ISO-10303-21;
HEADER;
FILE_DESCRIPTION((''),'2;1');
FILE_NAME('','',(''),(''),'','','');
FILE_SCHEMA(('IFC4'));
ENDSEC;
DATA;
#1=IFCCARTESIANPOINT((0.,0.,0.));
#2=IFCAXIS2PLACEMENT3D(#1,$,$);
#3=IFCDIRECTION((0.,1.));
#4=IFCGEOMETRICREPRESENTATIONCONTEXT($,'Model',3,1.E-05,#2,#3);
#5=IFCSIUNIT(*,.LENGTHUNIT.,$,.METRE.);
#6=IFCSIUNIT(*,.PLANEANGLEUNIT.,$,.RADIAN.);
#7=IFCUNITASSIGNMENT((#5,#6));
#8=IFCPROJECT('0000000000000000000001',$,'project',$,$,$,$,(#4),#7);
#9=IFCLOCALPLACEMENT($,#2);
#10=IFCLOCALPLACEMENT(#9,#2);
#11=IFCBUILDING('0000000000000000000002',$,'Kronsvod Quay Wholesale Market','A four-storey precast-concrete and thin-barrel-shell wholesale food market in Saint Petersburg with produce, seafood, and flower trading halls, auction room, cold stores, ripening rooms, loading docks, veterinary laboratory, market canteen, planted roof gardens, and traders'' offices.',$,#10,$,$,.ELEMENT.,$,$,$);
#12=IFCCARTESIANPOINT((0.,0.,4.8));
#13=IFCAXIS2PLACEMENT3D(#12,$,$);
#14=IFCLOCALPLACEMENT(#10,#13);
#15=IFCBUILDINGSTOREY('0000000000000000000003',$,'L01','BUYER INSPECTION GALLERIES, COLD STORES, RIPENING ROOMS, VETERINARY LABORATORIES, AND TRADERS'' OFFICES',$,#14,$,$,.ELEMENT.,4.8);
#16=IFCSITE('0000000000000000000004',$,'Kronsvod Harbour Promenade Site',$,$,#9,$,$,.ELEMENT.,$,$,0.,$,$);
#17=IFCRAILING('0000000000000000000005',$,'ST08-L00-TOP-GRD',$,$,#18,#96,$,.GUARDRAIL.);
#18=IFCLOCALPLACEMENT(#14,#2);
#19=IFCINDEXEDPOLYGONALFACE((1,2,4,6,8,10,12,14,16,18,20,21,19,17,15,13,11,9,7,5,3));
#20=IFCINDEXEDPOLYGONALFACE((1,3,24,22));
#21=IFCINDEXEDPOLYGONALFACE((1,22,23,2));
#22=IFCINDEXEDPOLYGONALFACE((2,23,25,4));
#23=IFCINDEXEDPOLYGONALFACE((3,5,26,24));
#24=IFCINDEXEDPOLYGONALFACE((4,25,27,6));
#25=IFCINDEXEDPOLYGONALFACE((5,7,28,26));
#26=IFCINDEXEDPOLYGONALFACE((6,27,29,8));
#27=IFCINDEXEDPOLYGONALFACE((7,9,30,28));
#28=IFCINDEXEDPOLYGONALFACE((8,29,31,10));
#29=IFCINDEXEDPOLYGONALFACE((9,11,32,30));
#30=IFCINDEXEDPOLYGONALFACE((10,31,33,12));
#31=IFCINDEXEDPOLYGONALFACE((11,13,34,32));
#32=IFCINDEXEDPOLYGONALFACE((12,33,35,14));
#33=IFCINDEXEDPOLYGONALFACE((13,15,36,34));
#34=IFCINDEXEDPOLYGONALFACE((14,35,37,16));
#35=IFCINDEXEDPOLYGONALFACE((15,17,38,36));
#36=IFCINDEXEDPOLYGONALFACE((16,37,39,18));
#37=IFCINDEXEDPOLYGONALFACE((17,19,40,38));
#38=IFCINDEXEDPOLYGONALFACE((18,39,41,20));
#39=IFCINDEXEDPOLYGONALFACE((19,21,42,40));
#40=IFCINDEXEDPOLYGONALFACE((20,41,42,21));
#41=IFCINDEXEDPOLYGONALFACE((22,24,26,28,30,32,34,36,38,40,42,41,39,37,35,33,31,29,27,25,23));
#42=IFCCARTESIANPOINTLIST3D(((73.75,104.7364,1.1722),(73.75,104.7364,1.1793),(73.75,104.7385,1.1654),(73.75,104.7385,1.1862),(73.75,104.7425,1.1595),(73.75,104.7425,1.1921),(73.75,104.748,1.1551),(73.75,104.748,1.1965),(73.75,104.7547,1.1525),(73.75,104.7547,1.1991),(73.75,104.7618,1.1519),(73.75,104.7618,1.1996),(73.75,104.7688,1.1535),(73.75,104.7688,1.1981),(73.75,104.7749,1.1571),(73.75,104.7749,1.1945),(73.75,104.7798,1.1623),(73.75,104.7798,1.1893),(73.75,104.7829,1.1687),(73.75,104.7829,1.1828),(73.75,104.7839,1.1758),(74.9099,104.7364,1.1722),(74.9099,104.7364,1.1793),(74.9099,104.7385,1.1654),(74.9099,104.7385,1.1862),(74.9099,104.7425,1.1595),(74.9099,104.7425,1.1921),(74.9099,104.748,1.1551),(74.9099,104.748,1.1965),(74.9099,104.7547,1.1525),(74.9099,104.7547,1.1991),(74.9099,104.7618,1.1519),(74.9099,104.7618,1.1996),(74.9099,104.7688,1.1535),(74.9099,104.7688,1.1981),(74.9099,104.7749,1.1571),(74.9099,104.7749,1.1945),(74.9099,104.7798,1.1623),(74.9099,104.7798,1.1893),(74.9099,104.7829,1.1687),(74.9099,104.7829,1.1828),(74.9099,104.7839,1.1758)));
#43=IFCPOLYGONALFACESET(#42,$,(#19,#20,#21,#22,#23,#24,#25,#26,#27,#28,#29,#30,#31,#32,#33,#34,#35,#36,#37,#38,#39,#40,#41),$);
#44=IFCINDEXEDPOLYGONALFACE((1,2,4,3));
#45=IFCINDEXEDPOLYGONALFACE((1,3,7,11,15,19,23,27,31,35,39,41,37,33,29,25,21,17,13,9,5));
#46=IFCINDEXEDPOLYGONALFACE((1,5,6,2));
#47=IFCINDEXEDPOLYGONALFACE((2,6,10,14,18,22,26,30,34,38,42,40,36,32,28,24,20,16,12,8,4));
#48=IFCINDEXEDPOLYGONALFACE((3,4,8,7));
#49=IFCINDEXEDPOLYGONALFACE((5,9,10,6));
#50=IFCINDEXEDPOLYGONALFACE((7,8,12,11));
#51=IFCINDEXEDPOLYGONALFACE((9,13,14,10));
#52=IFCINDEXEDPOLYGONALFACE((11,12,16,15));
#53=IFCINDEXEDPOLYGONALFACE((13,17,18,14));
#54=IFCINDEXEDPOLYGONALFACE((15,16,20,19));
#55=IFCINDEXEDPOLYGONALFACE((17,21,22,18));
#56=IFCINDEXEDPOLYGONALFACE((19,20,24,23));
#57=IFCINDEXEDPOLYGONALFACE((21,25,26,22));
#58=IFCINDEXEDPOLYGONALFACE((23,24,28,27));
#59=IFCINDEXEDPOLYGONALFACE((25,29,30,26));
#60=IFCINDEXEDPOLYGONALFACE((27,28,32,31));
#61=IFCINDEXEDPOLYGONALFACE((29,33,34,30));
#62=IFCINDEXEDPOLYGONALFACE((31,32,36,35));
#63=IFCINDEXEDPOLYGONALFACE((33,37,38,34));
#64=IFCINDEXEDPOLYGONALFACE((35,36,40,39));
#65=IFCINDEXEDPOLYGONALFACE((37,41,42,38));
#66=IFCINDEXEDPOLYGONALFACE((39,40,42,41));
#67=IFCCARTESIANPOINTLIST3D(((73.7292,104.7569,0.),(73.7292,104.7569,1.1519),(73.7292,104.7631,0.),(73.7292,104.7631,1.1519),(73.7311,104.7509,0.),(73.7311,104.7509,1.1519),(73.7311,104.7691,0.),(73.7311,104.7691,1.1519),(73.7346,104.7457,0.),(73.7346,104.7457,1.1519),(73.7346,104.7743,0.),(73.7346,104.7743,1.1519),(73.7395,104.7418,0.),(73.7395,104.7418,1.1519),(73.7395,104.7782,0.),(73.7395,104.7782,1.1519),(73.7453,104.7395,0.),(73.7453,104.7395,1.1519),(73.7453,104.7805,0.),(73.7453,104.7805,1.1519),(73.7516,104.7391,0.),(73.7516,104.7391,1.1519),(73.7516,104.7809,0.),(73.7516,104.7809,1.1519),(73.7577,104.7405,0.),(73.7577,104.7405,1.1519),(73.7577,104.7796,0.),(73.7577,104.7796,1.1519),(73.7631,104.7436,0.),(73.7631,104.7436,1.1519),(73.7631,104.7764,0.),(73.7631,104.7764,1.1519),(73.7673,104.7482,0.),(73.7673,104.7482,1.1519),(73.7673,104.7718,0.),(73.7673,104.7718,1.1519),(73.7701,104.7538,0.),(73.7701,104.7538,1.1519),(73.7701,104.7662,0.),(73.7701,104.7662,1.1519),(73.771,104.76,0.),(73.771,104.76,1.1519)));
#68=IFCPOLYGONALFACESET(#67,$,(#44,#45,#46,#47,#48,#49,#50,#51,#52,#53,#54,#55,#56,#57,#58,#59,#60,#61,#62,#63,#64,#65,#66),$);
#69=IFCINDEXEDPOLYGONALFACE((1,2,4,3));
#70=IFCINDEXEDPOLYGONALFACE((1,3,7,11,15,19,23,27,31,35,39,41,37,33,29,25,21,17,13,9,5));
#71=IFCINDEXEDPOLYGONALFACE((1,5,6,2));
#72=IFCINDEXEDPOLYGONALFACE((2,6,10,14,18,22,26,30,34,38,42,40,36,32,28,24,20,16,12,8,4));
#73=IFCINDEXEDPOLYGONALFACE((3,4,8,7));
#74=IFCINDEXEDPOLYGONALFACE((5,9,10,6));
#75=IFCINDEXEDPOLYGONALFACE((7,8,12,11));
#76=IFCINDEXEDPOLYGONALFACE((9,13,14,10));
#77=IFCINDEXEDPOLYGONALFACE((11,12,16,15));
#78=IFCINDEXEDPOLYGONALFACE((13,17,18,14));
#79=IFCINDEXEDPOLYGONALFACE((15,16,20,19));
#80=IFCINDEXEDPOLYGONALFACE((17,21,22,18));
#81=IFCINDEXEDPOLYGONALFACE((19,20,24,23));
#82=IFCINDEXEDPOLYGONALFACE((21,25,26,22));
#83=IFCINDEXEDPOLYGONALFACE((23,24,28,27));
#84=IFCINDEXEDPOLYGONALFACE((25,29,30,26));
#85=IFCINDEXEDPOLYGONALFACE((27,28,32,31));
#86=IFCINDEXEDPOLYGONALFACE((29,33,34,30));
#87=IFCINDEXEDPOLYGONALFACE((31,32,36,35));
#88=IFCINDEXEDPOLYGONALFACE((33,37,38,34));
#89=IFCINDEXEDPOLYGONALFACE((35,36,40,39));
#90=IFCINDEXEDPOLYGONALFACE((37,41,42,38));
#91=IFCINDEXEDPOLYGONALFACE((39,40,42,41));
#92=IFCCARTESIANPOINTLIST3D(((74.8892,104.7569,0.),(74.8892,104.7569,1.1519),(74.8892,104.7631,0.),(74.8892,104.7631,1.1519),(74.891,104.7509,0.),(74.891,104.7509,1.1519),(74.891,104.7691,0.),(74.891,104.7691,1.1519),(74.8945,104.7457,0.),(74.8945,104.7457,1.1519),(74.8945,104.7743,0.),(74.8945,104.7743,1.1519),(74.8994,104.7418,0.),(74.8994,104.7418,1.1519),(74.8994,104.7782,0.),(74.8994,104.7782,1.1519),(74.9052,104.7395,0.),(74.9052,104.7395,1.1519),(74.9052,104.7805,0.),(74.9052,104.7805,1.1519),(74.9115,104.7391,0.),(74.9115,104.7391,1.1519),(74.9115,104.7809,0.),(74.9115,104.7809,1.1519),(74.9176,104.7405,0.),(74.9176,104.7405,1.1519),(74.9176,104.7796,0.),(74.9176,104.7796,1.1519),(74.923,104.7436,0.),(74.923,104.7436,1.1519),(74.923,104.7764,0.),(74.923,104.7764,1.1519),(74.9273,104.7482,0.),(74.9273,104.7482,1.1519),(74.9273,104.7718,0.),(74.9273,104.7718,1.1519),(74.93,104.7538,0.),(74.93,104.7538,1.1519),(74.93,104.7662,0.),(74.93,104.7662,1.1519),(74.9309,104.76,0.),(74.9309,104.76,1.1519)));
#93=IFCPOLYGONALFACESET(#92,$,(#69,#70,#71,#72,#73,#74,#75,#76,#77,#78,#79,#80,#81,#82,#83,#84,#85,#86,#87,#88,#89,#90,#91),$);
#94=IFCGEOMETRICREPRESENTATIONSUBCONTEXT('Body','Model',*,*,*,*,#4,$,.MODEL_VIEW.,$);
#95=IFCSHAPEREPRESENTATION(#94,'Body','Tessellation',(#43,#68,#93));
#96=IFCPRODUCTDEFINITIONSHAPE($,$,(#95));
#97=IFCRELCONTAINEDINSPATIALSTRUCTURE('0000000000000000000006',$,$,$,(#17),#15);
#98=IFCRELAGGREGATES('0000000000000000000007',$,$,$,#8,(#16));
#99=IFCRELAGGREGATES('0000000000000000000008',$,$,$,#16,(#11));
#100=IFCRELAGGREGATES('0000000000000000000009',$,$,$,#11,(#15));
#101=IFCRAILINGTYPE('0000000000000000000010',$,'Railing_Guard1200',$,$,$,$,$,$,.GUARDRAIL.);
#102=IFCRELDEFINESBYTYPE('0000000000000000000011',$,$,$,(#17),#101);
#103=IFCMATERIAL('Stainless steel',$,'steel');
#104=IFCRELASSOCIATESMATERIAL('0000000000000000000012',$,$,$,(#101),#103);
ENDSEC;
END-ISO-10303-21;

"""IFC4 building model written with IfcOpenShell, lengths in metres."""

from ifc_helpers import new_model, si_unit, direction, frame, origin, origin_2d, place, context, subcontext, project, spatial, circle, extrude, material, type_object, element, save


model = new_model("IFC4")

# Units and contexts
model_context = context("Model", 3, precision=1e-05, world=origin(), true_north=direction((0.0, 1.0)))
body_context = subcontext(model_context, "Body", "Model", "MODEL_VIEW")
ifc_project = project(units=[si_unit("LENGTHUNIT", "METRE"), si_unit("PLANEANGLEUNIT", "RADIAN")], contexts=[model_context])

# Site, building, storey
site_placement = place(None, origin())
site = spatial("IfcSite", under=ifc_project, at=site_placement, Name="Kronsvod Harbour Promenade Site", CompositionType="ELEMENT", RefElevation=0.0)
building_placement = place(site_placement, origin())
building = spatial("IfcBuilding", under=site, at=building_placement, Name="Kronsvod Quay Wholesale Market", Description="A four-storey precast-concrete and thin-barrel-shell wholesale food market in Saint Petersburg with produce, seafood, and flower trading halls, auction room, cold stores, ripening rooms, loading docks, veterinary laboratory, market canteen, planted roof gardens, and traders' offices.", CompositionType="ELEMENT")
storey_placement = place(building_placement, frame((0.0, 0.0, 4.8)))
storey = spatial("IfcBuildingStorey", under=building, at=storey_placement, Name="L01", Description="BUYER INSPECTION GALLERIES, COLD STORES, RIPENING ROOMS, VETERINARY LABORATORIES, AND TRADERS' OFFICES", CompositionType="ELEMENT", Elevation=4.8)

# Railing
ifc_material_1 = material(Name="Stainless steel", Category="steel")
railing_type = type_object("IfcRailingType", Name="Railing_Guard1200", PredefinedType="GUARDRAIL", material=ifc_material_1)
railing_1_placement = place(storey_placement, frame((73.75, 104.76, 0.0)))
element("IfcRailing", 1, at=railing_1_placement, inside=storey, type_object=railing_type, Name="ST08-L00-TOP-GRD", PredefinedType="GUARDRAIL", context=body_context, shape_type="SweptSolid", body=[
    extrude(circle(Radius=0.0239, at=origin_2d()), frame((0.0, 0.0, 1.1758), z_axis=(1.0, 0.0, 0.0), x_axis=(0.0, 1.0, 0.0)), (0.0, 0.0, 1.0), 1.1599),
    extrude(circle(Radius=0.021, at=origin_2d()), origin(), (0.0, 0.0, 1.0), 1.1519),
    extrude(circle(Radius=0.021, at=origin_2d()), frame((1.1599, 0.0, 0.0)), (0.0, 0.0, 1.0), 1.1519),
])

save(model, "model.ifc")
